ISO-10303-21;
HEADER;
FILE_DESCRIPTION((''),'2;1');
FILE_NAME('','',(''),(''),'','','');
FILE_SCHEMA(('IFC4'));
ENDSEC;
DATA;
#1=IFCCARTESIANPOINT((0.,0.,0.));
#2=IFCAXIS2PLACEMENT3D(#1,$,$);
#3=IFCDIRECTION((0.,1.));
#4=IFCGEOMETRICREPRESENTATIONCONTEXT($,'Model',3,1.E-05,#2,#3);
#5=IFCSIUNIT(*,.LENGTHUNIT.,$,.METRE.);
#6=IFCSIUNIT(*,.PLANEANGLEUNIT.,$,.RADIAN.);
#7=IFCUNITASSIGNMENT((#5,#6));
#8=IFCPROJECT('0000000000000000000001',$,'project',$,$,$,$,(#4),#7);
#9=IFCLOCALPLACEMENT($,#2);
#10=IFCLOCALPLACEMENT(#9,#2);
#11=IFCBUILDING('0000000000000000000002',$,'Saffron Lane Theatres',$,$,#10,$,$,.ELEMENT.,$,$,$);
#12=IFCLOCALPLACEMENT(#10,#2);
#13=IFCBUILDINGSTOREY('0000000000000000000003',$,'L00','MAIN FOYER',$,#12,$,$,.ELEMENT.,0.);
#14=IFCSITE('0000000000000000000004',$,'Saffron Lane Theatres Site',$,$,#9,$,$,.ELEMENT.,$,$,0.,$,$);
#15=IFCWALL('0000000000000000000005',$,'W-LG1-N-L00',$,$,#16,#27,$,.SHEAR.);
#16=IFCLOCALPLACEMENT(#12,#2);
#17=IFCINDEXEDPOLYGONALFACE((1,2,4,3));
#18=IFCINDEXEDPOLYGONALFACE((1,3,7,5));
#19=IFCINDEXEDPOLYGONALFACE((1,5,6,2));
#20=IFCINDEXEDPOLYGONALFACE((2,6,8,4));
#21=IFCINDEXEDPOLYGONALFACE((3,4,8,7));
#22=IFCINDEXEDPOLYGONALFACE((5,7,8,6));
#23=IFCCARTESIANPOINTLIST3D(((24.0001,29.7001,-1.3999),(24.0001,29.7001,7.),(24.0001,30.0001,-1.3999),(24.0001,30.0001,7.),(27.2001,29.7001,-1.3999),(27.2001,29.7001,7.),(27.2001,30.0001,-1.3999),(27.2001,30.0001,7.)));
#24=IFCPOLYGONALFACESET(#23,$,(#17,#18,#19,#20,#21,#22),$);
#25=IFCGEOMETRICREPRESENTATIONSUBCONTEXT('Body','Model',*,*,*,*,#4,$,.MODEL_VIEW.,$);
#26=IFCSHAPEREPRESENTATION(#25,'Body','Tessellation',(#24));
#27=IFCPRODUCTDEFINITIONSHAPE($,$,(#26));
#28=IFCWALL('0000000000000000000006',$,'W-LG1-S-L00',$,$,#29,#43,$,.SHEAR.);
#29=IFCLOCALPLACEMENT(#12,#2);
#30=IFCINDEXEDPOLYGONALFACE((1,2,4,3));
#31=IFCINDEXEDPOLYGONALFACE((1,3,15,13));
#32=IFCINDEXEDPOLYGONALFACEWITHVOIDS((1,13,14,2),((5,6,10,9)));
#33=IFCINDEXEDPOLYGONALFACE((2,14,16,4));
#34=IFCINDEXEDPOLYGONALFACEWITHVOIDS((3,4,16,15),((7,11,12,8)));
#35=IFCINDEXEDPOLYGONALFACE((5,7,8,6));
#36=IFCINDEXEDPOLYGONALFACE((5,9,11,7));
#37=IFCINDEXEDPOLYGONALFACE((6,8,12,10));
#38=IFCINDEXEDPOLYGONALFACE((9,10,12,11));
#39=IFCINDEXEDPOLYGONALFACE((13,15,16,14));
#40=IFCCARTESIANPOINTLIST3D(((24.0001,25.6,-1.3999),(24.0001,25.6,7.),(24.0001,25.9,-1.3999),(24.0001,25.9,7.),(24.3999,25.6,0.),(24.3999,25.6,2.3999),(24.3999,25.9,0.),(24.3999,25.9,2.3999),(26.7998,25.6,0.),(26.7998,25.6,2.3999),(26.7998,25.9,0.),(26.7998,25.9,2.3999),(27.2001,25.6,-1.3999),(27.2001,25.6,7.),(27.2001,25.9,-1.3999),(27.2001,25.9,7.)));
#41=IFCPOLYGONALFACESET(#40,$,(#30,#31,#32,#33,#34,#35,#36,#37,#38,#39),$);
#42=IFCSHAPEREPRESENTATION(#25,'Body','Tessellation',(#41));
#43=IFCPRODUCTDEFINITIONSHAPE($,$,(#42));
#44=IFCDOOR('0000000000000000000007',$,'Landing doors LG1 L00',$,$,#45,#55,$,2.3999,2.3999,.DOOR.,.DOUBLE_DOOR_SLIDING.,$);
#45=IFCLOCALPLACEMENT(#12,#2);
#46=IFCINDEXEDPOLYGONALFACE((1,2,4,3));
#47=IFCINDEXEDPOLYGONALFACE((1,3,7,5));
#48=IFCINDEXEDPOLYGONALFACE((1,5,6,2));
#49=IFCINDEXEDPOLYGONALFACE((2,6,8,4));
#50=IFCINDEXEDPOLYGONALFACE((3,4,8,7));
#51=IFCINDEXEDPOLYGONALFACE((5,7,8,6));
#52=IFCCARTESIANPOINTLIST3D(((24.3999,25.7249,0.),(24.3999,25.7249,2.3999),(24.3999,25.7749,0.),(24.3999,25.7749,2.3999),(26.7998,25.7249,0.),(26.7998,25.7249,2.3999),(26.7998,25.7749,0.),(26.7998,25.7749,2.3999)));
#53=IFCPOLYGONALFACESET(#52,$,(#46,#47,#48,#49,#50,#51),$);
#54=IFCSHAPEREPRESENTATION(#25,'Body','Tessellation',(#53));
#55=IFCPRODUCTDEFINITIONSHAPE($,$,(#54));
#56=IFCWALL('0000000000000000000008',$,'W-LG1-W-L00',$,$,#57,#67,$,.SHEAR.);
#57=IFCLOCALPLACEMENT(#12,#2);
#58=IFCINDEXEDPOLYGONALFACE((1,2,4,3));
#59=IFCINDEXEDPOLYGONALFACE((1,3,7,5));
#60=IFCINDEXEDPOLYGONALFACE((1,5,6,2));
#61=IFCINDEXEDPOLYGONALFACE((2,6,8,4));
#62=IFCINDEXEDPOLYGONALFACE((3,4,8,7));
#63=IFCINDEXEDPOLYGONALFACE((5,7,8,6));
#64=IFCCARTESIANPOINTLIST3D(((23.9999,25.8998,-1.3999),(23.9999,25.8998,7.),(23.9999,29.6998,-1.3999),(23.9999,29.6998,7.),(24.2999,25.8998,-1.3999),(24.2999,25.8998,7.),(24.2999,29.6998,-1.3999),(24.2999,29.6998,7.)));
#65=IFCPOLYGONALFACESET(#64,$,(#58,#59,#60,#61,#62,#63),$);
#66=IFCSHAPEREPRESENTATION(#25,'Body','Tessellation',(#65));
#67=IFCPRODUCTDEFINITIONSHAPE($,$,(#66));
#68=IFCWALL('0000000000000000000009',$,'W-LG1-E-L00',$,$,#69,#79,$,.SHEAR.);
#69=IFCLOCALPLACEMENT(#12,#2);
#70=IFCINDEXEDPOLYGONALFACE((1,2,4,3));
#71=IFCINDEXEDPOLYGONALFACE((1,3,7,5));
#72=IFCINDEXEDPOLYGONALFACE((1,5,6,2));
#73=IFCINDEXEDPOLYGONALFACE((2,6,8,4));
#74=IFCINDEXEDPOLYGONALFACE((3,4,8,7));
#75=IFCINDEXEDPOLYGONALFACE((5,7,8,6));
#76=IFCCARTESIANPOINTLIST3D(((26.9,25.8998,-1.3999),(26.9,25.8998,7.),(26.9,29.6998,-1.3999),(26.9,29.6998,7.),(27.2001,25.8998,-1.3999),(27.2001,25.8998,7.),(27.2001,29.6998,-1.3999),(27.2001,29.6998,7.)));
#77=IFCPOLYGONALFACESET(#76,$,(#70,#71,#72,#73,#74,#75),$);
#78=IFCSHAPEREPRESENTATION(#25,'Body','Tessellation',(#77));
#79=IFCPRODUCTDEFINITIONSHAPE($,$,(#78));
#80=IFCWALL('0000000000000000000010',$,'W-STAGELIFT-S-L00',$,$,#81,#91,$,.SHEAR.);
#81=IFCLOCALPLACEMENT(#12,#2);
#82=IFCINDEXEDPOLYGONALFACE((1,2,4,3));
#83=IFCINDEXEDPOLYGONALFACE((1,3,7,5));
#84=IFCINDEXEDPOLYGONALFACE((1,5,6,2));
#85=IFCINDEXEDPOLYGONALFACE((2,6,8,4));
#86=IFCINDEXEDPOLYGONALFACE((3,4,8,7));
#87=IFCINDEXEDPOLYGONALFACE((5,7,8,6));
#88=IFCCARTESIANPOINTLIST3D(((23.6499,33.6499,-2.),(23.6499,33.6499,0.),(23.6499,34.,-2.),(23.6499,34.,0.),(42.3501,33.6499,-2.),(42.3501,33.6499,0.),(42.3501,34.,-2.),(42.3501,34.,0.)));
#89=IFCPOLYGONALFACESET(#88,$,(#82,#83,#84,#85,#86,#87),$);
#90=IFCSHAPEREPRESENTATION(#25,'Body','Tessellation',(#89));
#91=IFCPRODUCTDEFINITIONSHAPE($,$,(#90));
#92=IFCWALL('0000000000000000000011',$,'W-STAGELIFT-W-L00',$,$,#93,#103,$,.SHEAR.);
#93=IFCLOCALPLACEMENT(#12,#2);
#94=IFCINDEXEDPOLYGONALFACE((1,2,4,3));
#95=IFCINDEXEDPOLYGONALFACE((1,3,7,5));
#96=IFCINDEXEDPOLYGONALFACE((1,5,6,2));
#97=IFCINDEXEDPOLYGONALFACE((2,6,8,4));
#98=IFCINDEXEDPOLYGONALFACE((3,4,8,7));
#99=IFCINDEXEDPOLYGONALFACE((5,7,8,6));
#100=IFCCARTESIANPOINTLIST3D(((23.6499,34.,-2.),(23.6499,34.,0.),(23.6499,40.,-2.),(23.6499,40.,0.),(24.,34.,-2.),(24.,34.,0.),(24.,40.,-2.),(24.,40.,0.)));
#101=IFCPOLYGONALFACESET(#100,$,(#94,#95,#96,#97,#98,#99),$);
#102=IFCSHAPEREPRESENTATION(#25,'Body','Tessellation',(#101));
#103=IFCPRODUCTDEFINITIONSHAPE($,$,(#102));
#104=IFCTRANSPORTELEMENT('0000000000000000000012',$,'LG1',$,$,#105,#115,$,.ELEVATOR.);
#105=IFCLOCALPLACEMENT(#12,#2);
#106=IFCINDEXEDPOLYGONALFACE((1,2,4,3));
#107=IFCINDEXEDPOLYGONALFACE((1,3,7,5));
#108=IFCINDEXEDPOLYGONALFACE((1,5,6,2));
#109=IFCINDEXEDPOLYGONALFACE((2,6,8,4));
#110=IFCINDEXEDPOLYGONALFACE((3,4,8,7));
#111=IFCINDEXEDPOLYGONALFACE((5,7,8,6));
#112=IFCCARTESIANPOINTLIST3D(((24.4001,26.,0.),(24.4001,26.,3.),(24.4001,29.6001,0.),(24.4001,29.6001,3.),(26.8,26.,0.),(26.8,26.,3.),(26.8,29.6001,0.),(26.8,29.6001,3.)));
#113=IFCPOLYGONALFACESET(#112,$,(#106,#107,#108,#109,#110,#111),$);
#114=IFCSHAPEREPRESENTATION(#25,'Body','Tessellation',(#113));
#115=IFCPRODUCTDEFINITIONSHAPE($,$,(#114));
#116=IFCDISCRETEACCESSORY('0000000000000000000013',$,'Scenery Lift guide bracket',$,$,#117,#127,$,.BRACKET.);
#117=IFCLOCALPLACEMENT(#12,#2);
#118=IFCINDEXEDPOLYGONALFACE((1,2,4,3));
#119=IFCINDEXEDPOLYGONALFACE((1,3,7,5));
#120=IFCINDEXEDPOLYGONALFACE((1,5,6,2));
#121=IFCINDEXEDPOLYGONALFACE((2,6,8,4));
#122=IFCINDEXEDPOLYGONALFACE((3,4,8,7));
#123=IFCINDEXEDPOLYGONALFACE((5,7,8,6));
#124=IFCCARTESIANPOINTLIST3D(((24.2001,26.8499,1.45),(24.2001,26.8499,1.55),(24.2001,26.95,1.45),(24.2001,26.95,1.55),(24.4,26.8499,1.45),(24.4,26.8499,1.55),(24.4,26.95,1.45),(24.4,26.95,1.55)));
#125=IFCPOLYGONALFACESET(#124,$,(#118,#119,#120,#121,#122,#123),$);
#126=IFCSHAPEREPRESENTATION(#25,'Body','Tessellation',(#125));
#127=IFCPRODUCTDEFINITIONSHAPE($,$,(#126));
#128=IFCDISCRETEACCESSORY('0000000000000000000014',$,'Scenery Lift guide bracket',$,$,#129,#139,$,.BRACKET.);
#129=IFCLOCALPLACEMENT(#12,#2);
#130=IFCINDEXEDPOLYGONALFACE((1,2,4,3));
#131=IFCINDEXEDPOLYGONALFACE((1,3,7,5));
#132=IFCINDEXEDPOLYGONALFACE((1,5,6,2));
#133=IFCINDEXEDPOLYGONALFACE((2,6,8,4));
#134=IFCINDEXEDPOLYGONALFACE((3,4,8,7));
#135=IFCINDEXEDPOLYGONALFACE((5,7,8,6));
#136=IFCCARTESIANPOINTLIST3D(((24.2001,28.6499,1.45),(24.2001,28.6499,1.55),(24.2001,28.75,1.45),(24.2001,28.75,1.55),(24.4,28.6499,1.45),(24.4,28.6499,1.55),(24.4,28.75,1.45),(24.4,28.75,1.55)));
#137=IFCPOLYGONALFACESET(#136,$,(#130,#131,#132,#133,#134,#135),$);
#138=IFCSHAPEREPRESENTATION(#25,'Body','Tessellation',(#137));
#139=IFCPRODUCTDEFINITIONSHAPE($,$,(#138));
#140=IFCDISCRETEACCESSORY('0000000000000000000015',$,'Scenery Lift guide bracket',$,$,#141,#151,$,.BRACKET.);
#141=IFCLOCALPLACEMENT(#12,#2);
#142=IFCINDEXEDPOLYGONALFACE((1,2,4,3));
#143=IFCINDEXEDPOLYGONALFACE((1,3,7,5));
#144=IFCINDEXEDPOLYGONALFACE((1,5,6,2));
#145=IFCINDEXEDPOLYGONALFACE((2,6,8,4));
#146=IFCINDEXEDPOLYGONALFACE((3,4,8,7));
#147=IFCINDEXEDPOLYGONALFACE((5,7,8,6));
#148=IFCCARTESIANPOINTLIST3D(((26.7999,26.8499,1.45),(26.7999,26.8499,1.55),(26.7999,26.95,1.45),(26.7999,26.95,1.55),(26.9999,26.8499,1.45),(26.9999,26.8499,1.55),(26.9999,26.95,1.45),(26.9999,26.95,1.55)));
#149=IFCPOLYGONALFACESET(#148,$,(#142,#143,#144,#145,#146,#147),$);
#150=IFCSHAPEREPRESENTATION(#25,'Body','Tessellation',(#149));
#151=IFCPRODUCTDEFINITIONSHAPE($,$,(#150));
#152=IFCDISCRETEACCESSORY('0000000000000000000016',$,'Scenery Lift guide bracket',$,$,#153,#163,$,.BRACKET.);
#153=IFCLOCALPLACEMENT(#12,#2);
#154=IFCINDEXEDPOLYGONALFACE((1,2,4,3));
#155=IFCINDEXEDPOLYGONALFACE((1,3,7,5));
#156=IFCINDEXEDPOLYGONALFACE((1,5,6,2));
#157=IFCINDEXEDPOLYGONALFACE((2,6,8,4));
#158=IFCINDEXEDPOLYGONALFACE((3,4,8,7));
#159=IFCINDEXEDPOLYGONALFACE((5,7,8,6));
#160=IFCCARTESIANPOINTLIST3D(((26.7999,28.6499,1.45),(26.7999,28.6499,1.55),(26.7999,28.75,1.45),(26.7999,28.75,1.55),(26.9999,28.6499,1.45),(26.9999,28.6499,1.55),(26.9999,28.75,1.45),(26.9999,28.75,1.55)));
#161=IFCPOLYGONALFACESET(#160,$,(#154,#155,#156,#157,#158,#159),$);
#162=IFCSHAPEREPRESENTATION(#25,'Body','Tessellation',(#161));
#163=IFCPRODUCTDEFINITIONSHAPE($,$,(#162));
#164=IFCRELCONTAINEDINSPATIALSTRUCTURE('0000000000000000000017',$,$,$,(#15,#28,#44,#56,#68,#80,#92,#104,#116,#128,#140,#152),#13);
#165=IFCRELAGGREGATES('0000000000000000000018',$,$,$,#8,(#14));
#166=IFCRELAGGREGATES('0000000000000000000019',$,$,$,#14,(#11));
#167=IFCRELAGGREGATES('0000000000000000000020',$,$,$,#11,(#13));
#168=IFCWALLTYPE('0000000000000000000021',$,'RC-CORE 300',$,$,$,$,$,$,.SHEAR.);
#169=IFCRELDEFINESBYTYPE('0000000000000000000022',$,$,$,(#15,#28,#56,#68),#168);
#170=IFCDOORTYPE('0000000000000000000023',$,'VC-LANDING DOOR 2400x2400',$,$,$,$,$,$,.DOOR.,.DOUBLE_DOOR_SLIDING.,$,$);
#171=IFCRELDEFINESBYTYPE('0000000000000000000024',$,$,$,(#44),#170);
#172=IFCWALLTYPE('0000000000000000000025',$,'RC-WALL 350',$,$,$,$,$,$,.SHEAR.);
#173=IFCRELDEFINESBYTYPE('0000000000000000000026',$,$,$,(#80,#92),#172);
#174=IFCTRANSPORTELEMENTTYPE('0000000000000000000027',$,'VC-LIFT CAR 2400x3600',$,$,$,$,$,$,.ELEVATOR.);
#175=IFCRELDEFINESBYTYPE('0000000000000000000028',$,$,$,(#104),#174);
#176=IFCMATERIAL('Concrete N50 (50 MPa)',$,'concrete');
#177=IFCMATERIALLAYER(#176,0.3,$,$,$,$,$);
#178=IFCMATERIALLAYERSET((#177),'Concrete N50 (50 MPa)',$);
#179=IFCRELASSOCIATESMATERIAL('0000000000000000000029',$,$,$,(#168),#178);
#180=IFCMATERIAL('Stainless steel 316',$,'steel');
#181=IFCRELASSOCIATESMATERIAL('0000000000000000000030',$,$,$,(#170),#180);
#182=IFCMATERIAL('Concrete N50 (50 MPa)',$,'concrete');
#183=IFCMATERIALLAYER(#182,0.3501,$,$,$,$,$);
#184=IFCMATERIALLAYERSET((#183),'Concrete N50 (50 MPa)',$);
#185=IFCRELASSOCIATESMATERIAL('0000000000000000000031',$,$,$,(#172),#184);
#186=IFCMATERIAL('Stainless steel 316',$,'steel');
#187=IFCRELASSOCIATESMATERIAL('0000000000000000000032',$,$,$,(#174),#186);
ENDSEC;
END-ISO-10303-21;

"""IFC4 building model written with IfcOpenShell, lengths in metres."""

from ifc_helpers import new_model, si_unit, direction, frame, frame_2d, origin, origin_2d, place, context, subcontext, project, spatial, rectangle, extrude, material, layer, layer_set, type_object, element, fill, save


model = new_model("IFC4")

# Units and contexts
model_context = context("Model", 3, precision=1e-05, world=origin(), true_north=direction((0.0, 1.0)))
body_context = subcontext(model_context, "Body", "Model", "MODEL_VIEW")
ifc_project = project(units=[si_unit("LENGTHUNIT", "METRE"), si_unit("PLANEANGLEUNIT", "RADIAN")], contexts=[model_context])

# Site, building, storey
site_placement = place(None, origin())
site = spatial("IfcSite", under=ifc_project, at=site_placement, Name="Saffron Lane Theatres Site", CompositionType="ELEMENT", RefElevation=0.0)
building_placement = place(site_placement, origin())
building = spatial("IfcBuilding", under=site, at=building_placement, Name="Saffron Lane Theatres", CompositionType="ELEMENT")
storey_placement = place(building_placement, origin())
storey = spatial("IfcBuildingStorey", under=building, at=storey_placement, Name="L00", Description="MAIN FOYER", CompositionType="ELEMENT", Elevation=0.0)

# Wall
ifc_material_1 = material(Name="Concrete N50 (50 MPa)", Category="concrete")
ifc_layer_1 = layer(ifc_material_1, 0.3)
ifc_layer_set_1 = layer_set([ifc_layer_1], Name="Concrete N50 (50 MPa)")
wall_type_1 = type_object("IfcWallType", Name="RC-CORE 300", PredefinedType="SHEAR", material=ifc_layer_set_1)
wall_1_placement = place(storey_placement, frame((24.0, 29.8501, -1.3999), z_axis=(0.0, 0.0, 1.0), x_axis=(1.0, 0.0, 0.0)))
element("IfcWall", 1, at=wall_1_placement, inside=storey, type_object=wall_type_1, Name="W-LG1-N-L00", PredefinedType="SHEAR", context=body_context, shape_type="SweptSolid", body=[
    extrude(rectangle(XDim=3.2, YDim=0.3, at=frame_2d((1.6001, 0.0))), origin(), (0.0, 0.0, 1.0), 8.3999),
])

# Wall, opening, door
wall_2_placement = place(storey_placement, frame((24.0, 25.75, -1.3999), z_axis=(0.0, 0.0, 1.0), x_axis=(1.0, 0.0, 0.0)))
wall_2 = element("IfcWall", 2, at=wall_2_placement, inside=storey, type_object=wall_type_1, Name="W-LG1-S-L00", PredefinedType="SHEAR", context=body_context, shape_type="SweptSolid", body=[
    extrude(rectangle(XDim=3.2, YDim=0.3, at=frame_2d((1.6001, 0.0))), origin(), (0.0, 0.0, 1.0), 8.3999),
])
opening_1_placement = place(wall_2_placement, frame((0.3999, 0.0, 1.3999)))
opening_1 = element("IfcOpeningElement", 3, at=opening_1_placement, cuts=wall_2, PredefinedType="OPENING", context=body_context, shape_type="SweptSolid", body=[
    extrude(rectangle(XDim=2.3999, YDim=2.3999, at=frame_2d((1.2, 1.2))), frame((0.0, 0.1602, 0.0), z_axis=(0.0, -1.0, 0.0), x_axis=(1.0, 0.0, 0.0)), (0.0, 0.0, 1.0), 0.3201),
])
ifc_material_2 = material(Name="Stainless steel 316", Category="steel")
door_type_1 = type_object("IfcDoorType", Name="VC-LANDING DOOR 2400x2400", OperationType="DOUBLE_DOOR_SLIDING", PredefinedType="DOOR", material=ifc_material_2)
door_1_placement = place(opening_1_placement, origin())
door_1 = element("IfcDoor", 4, at=door_1_placement, inside=storey, type_object=door_type_1, Name="Landing doors LG1 L00", OperationType="DOUBLE_DOOR_SLIDING", OverallHeight=2.3999, OverallWidth=2.3999, PredefinedType="DOOR", context=body_context, shape_type="SweptSolid", body=[
    extrude(rectangle(XDim=2.3999, YDim=2.3999, at=frame_2d((1.2, 1.2))), frame((0.0, 0.0249, 0.0), z_axis=(0.0, -1.0, 0.0), x_axis=(1.0, 0.0, 0.0)), (0.0, 0.0, 1.0), 0.05),
])
fill(opening_1, door_1)

# Walls
for number, where, z_axis, x_axis, name in (
    (5, (24.1499, 25.8999, -1.3999), (0.0, 0.0, 1.0), (0.0, 1.0, 0.0), "W-LG1-W-L00"),
    (6, (27.05, 25.8999, -1.3999), (0.0, 0.0, 1.0), (0.0, 1.0, 0.0), "W-LG1-E-L00"),
):
    element("IfcWall", number, at=place(storey_placement, frame(where, z_axis=z_axis, x_axis=x_axis)), inside=storey, type_object=wall_type_1, Name=name, PredefinedType="SHEAR", context=body_context, shape_type="SweptSolid", body=[
        extrude(rectangle(XDim=3.8, YDim=0.3, at=frame_2d((1.8999, 0.0))), origin(), (0.0, 0.0, 1.0), 8.3999),
    ])
ifc_material_3 = material(Name="Concrete N50 (50 MPa)", Category="concrete")
ifc_layer_2 = layer(ifc_material_3, 0.3501)
ifc_layer_set_2 = layer_set([ifc_layer_2], Name="Concrete N50 (50 MPa)")
wall_type_2 = type_object("IfcWallType", Name="RC-WALL 350", PredefinedType="SHEAR", material=ifc_layer_set_2)
wall_3_placement = place(storey_placement, frame((23.6499, 33.825, -2.0), z_axis=(0.0, 0.0, 1.0), x_axis=(1.0, 0.0, 0.0)))
element("IfcWall", 7, at=wall_3_placement, inside=storey, type_object=wall_type_2, Name="W-STAGELIFT-S-L00", PredefinedType="SHEAR", context=body_context, shape_type="SweptSolid", body=[
    extrude(rectangle(XDim=18.7002, YDim=0.3501, at=frame_2d((9.3501, 0.0))), origin(), (0.0, 0.0, 1.0), 2.0),
])
wall_4_placement = place(storey_placement, frame((23.825, 34.0, -2.0), z_axis=(0.0, 0.0, 1.0), x_axis=(0.0, 1.0, 0.0)))
element("IfcWall", 8, at=wall_4_placement, inside=storey, type_object=wall_type_2, Name="W-STAGELIFT-W-L00", PredefinedType="SHEAR", context=body_context, shape_type="SweptSolid", body=[
    extrude(rectangle(XDim=6.0, YDim=0.3501, at=frame_2d((3.0, 0.0))), origin(), (0.0, 0.0, 1.0), 2.0),
])

# Transport element
ifc_material_4 = material(Name="Stainless steel 316", Category="steel")
transport_element_type = type_object("IfcTransportElementType", Name="VC-LIFT CAR 2400x3600", PredefinedType="ELEVATOR", material=ifc_material_4)
transport_element_placement = place(storey_placement, frame((25.6001, 27.8, 0.0), z_axis=(0.0, 0.0, 1.0), x_axis=(1.0, 0.0, 0.0)))
element("IfcTransportElement", 9, at=transport_element_placement, inside=storey, type_object=transport_element_type, Name="LG1", PredefinedType="ELEVATOR", context=body_context, shape_type="SweptSolid", body=[
    extrude(rectangle(XDim=2.3999, YDim=3.6001, at=origin_2d()), origin(), (0.0, 0.0, 1.0), 3.0),
])

# Discrete accessories
for number, where, z_axis, x_axis, name in (
    (10, (24.3, 26.8999, 1.45), (0.0, 0.0, 1.0), (1.0, 0.0, 0.0), "Scenery Lift guide bracket"),
    (11, (24.3, 28.7, 1.45), (0.0, 0.0, 1.0), (1.0, 0.0, 0.0), "Scenery Lift guide bracket"),
    (12, (26.8999, 26.8999, 1.45), (0.0, 0.0, 1.0), (1.0, 0.0, 0.0), "Scenery Lift guide bracket"),
    (13, (26.8999, 28.7, 1.45), (0.0, 0.0, 1.0), (1.0, 0.0, 0.0), "Scenery Lift guide bracket"),
):
    element("IfcDiscreteAccessory", number, at=place(storey_placement, frame(where, z_axis=z_axis, x_axis=x_axis)), inside=storey, Name=name, PredefinedType="BRACKET", context=body_context, shape_type="SweptSolid", body=[
        extrude(rectangle(XDim=0.2, YDim=0.1001, at=origin_2d()), origin(), (0.0, 0.0, 1.0), 0.1001),
    ])

save(model, "model.ifc")
